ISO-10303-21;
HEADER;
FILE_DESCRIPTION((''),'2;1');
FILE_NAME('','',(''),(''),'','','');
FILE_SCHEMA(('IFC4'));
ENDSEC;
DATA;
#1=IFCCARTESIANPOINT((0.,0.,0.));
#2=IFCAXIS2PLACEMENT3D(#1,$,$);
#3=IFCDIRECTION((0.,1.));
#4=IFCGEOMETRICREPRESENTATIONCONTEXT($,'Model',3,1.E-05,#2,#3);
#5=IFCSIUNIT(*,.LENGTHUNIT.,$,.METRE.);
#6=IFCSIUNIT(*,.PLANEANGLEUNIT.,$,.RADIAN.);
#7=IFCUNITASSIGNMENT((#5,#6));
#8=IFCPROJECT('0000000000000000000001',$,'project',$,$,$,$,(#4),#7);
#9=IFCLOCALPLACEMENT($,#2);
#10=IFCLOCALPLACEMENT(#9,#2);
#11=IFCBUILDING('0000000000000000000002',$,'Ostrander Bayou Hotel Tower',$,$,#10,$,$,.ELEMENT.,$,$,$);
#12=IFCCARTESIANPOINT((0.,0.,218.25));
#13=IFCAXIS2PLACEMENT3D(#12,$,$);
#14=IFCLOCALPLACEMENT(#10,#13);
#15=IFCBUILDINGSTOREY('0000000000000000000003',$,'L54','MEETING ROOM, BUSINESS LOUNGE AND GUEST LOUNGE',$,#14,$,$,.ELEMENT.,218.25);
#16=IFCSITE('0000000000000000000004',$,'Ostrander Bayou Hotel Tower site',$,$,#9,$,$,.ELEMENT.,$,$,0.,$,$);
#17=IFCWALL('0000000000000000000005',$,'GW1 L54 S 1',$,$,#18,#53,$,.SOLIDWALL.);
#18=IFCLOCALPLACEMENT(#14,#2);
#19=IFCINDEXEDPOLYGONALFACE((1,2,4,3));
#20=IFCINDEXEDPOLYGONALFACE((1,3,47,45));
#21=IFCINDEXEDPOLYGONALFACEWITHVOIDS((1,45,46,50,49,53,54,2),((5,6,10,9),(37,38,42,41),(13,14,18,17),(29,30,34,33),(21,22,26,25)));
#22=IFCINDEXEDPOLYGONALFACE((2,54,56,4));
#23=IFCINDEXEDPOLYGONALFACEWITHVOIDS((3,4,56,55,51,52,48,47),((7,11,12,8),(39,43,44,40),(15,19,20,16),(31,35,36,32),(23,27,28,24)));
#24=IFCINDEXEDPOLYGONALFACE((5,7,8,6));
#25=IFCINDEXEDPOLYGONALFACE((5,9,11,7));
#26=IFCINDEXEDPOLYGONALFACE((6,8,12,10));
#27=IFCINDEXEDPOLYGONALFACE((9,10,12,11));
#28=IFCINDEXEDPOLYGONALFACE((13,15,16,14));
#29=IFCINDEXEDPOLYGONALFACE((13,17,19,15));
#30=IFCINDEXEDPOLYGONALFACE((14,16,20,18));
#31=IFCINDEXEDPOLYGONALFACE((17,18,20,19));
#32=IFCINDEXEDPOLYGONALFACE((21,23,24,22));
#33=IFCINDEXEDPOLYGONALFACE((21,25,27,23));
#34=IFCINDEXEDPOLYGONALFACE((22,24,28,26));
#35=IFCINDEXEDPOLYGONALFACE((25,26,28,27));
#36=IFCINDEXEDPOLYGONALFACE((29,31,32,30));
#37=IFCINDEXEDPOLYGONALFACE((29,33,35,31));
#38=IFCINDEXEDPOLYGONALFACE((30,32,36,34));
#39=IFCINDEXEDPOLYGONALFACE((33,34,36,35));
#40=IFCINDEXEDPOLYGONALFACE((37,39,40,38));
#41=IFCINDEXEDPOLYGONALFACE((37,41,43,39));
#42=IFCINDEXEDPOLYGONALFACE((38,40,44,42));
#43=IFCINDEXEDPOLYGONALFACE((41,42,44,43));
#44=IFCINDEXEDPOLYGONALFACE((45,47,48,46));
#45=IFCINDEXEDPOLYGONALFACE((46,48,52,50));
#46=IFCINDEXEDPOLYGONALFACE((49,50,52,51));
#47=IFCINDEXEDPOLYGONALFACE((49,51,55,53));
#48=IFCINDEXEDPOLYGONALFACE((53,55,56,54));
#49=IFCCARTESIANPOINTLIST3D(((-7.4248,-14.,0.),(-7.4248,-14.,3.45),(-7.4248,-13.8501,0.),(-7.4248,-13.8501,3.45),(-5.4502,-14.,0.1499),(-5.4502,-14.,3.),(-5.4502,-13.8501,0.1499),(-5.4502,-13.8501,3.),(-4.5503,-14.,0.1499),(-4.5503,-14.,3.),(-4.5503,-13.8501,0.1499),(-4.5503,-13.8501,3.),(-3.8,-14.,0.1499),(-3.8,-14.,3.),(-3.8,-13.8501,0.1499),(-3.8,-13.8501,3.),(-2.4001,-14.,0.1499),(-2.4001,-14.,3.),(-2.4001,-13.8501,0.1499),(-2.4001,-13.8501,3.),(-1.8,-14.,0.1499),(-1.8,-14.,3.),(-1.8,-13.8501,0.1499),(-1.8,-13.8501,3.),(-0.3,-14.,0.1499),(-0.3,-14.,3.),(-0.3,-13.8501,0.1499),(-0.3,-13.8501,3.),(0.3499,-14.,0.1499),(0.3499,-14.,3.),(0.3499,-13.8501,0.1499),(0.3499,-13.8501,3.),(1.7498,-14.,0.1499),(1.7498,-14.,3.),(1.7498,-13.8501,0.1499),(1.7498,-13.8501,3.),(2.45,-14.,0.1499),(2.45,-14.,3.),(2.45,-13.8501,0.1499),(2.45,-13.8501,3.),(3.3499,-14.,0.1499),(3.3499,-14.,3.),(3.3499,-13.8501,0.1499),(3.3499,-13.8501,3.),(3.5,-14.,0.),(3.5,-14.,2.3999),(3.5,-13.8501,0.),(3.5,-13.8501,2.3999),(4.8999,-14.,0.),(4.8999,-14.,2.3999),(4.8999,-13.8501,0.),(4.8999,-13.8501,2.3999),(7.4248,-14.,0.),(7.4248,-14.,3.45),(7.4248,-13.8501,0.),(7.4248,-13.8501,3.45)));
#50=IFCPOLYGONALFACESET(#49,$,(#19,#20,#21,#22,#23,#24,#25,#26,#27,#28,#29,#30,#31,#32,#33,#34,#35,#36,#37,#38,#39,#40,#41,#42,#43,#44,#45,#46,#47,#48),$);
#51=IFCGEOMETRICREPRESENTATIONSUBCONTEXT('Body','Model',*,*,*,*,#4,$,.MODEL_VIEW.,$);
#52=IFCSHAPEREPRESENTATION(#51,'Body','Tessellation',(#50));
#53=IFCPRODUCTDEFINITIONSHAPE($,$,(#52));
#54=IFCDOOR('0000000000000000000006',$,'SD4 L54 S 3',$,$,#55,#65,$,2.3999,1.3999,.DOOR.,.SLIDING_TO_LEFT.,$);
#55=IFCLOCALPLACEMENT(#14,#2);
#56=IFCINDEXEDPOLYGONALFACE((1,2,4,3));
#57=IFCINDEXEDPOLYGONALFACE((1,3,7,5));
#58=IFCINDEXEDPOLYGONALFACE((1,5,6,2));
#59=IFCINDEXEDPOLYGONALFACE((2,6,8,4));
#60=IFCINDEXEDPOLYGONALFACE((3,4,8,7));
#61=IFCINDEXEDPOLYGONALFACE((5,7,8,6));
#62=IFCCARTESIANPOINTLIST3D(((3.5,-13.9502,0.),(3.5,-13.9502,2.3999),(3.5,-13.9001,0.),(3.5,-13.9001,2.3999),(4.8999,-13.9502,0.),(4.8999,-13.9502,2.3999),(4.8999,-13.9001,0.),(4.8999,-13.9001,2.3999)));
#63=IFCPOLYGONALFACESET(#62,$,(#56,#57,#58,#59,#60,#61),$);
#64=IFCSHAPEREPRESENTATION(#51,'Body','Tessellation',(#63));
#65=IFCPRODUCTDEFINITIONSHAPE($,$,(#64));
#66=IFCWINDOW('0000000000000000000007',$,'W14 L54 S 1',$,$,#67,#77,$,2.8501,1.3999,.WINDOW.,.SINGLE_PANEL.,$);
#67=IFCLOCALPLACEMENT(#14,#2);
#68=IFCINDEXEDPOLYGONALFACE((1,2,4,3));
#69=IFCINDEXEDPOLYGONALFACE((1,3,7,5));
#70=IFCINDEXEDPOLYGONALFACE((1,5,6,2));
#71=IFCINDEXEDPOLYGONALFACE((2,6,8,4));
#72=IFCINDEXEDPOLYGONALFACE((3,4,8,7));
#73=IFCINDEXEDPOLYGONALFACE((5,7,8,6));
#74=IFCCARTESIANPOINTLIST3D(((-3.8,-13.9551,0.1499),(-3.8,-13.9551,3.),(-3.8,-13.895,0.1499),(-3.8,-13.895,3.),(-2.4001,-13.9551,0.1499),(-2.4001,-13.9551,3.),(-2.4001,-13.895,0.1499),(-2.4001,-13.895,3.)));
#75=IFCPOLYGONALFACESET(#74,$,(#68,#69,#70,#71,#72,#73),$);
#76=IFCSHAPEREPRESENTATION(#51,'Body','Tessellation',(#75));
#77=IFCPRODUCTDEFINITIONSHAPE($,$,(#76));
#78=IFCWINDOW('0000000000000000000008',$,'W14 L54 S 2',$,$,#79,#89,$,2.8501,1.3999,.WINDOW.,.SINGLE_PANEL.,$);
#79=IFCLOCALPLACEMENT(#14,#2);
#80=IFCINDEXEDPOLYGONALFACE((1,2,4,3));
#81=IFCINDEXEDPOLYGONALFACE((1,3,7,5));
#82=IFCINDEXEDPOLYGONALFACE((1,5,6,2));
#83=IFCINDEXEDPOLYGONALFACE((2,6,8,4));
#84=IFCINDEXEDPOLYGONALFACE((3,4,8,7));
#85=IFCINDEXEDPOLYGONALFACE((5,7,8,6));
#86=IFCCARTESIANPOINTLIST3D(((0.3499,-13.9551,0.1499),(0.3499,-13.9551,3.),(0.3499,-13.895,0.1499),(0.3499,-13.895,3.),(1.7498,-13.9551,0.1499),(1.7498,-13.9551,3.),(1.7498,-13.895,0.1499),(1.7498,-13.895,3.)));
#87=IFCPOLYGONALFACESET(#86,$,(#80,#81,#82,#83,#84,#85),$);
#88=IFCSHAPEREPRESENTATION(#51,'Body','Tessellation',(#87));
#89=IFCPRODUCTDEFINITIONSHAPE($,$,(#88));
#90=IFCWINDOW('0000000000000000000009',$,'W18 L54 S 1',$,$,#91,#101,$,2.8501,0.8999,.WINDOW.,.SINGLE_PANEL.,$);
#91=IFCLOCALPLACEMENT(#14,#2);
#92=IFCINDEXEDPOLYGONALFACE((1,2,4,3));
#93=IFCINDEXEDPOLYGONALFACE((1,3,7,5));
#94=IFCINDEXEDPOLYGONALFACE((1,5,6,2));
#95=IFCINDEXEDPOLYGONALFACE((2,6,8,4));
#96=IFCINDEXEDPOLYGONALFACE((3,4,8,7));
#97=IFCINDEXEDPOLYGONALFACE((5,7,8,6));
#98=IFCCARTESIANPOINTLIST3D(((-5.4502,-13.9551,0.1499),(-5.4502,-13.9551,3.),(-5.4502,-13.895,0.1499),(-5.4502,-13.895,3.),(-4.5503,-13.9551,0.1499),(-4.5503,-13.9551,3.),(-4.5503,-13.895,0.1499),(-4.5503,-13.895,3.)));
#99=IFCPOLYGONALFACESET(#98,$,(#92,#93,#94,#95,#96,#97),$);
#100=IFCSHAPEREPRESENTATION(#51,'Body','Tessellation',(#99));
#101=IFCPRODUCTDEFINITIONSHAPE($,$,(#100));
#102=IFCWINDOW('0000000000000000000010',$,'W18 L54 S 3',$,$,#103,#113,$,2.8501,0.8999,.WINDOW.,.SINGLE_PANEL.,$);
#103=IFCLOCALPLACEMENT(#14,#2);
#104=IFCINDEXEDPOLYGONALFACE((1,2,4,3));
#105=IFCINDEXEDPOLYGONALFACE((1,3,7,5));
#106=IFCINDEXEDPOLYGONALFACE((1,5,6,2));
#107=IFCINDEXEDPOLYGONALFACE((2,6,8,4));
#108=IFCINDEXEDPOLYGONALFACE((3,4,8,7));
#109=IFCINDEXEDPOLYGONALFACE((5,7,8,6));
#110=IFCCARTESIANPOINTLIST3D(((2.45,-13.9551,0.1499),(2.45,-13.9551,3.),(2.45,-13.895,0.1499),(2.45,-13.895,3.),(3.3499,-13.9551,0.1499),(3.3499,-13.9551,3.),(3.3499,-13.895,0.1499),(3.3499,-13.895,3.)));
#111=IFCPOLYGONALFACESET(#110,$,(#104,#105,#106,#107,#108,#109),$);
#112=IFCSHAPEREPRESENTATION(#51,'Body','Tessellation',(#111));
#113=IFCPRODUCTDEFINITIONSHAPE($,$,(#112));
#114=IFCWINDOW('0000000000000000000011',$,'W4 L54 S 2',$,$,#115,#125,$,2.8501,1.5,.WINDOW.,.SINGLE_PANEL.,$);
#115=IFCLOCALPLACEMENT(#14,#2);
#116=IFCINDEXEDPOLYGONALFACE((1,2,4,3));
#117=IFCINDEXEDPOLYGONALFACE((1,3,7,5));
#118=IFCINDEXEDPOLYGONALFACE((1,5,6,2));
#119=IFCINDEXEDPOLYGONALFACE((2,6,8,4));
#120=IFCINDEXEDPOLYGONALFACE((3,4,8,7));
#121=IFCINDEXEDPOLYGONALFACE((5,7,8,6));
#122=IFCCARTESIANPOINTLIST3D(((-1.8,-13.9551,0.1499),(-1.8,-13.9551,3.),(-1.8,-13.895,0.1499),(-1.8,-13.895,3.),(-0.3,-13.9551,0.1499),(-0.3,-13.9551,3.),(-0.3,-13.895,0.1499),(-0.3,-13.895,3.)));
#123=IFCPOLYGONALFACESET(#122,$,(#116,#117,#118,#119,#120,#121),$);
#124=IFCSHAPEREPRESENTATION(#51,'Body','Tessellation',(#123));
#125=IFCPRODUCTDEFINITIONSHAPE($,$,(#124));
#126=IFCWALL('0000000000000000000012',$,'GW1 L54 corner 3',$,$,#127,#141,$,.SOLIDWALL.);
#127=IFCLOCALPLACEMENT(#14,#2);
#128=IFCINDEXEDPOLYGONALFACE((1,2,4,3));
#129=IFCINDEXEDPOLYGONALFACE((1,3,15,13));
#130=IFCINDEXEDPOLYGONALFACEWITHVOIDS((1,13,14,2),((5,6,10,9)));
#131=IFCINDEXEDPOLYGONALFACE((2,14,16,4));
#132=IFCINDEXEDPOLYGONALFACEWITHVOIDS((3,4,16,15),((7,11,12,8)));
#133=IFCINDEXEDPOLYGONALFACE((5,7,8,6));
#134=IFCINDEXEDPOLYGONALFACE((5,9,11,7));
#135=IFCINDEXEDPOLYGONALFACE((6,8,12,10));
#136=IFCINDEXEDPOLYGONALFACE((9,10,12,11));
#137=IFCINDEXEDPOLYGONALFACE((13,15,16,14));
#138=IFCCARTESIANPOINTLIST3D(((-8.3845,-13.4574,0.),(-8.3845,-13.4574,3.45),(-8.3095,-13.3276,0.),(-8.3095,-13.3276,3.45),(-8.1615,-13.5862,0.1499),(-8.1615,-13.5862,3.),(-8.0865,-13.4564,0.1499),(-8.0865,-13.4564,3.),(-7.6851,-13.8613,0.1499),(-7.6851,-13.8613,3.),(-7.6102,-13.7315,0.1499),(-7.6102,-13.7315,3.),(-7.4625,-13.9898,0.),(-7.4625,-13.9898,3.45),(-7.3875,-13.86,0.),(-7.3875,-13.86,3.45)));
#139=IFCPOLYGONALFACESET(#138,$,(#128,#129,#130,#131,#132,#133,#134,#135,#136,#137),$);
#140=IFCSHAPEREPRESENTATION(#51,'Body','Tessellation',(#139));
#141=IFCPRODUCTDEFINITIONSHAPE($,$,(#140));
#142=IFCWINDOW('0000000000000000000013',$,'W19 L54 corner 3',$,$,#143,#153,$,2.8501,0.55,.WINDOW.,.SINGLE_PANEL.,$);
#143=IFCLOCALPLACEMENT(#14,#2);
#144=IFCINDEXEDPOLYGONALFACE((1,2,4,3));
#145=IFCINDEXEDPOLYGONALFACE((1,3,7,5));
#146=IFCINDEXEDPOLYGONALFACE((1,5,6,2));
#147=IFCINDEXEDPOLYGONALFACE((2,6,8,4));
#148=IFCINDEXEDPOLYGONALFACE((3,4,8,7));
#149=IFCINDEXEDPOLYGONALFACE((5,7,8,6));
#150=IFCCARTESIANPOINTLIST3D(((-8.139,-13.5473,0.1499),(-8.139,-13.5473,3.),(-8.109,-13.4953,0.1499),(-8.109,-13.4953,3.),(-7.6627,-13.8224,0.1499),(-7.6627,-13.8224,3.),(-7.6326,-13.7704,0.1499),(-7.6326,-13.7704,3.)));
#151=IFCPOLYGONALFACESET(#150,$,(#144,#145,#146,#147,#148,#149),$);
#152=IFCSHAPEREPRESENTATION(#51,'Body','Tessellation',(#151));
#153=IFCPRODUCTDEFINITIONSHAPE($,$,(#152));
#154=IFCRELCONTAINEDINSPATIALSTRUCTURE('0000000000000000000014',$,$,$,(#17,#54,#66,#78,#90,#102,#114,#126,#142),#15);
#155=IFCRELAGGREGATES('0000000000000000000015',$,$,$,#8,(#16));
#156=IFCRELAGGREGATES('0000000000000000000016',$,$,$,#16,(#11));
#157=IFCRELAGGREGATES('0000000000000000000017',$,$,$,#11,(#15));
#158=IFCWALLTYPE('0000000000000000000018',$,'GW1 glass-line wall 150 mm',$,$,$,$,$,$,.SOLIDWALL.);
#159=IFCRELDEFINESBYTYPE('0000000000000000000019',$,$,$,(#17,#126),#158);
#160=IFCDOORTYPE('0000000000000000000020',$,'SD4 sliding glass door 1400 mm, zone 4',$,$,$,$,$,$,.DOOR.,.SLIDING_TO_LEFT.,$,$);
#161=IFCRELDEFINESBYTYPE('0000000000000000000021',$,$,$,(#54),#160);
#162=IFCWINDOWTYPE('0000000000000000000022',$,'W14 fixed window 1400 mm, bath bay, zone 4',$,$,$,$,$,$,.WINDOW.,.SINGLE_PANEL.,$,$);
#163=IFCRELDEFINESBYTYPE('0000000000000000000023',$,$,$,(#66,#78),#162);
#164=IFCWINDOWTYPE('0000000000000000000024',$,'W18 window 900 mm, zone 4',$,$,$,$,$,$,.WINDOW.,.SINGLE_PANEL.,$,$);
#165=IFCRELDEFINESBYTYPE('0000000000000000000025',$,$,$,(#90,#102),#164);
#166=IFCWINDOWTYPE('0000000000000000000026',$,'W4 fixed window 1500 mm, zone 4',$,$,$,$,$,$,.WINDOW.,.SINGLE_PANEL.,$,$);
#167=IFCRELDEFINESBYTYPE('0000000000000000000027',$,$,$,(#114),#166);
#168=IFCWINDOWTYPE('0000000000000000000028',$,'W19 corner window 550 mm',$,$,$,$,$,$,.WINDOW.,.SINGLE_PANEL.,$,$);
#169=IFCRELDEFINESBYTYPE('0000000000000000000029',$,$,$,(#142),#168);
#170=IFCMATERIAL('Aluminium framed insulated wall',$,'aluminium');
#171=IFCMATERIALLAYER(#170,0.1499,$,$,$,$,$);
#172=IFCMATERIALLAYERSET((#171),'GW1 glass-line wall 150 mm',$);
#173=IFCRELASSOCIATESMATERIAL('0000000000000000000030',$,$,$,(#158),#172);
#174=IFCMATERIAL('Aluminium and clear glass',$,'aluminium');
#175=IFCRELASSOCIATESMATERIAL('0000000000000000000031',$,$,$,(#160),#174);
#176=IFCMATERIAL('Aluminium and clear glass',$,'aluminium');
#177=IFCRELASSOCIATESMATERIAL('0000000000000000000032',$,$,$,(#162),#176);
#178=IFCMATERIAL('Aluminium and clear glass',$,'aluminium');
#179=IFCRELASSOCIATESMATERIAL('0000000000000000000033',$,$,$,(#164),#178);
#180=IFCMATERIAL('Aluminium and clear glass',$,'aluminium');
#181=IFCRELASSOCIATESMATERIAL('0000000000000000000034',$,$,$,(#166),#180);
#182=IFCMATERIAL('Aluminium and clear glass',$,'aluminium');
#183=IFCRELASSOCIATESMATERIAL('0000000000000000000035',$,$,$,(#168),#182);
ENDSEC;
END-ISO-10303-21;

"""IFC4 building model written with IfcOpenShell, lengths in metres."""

from ifc_helpers import new_model, si_unit, direction, frame, frame_2d, origin, place, context, subcontext, project, spatial, rectangle, extrude, material, layer, layer_set, type_object, element, fill, save


model = new_model("IFC4")

# Units and contexts
model_context = context("Model", 3, precision=1e-05, world=origin(), true_north=direction((0.0, 1.0)))
body_context = subcontext(model_context, "Body", "Model", "MODEL_VIEW")
ifc_project = project(units=[si_unit("LENGTHUNIT", "METRE"), si_unit("PLANEANGLEUNIT", "RADIAN")], contexts=[model_context])

# Site, building, storey
site_placement = place(None, origin())
site = spatial("IfcSite", under=ifc_project, at=site_placement, Name="Ostrander Bayou Hotel Tower site", CompositionType="ELEMENT", RefElevation=0.0)
building_placement = place(site_placement, origin())
building = spatial("IfcBuilding", under=site, at=building_placement, Name="Ostrander Bayou Hotel Tower", CompositionType="ELEMENT")
storey_placement = place(building_placement, frame((0.0, 0.0, 218.25)))
storey = spatial("IfcBuildingStorey", under=building, at=storey_placement, Name="L54", Description="MEETING ROOM, BUSINESS LOUNGE AND GUEST LOUNGE", CompositionType="ELEMENT", Elevation=218.25)

# Wall, openings, door, windows
ifc_material_1 = material(Name="Aluminium framed insulated wall", Category="aluminium")
ifc_layer_1 = layer(ifc_material_1, 0.1499)
ifc_layer_set_1 = layer_set([ifc_layer_1], Name="GW1 glass-line wall 150 mm")
wall_type_1 = type_object("IfcWallType", Name="GW1 glass-line wall 150 mm", PredefinedType="SOLIDWALL", material=ifc_layer_set_1)
wall_1_placement = place(storey_placement, frame((-7.4248, -13.925, 0.0), z_axis=(0.0, 0.0, 1.0), x_axis=(1.0, 0.0, 0.0)))
wall_1 = element("IfcWall", 1, at=wall_1_placement, inside=storey, type_object=wall_type_1, Name="GW1 L54 S 1", PredefinedType="SOLIDWALL", context=body_context, shape_type="SweptSolid", body=[
    extrude(rectangle(XDim=14.8496, YDim=0.1499, at=frame_2d((7.4248, 0.0))), origin(), (0.0, 0.0, 1.0), 3.45),
])
opening_1_placement = place(wall_1_placement, frame((1.9746, 0.0, 0.1499)))
opening_1 = element("IfcOpeningElement", 2, at=opening_1_placement, cuts=wall_1, PredefinedType="OPENING", context=body_context, shape_type="SweptSolid", body=[
    extrude(rectangle(XDim=0.8999, YDim=2.8501, at=frame_2d((0.45, 1.425))), frame((0.0, 0.075, 0.0), z_axis=(0.0, -1.0, 0.0), x_axis=(1.0, 0.0, 0.0)), (0.0, 0.0, 1.0), 0.1499),
])
opening_2_placement = place(wall_1_placement, frame((3.6248, 0.0, 0.1499)))
opening_2 = element("IfcOpeningElement", 3, at=opening_2_placement, cuts=wall_1, PredefinedType="OPENING", context=body_context, shape_type="SweptSolid", body=[
    extrude(rectangle(XDim=1.3999, YDim=2.8501, at=frame_2d((0.7, 1.425))), frame((0.0, 0.075, 0.0), z_axis=(0.0, -1.0, 0.0), x_axis=(1.0, 0.0, 0.0)), (0.0, 0.0, 1.0), 0.1499),
])
opening_3_placement = place(wall_1_placement, frame((5.6248, 0.0, 0.1499)))
opening_3 = element("IfcOpeningElement", 4, at=opening_3_placement, cuts=wall_1, PredefinedType="OPENING", context=body_context, shape_type="SweptSolid", body=[
    extrude(rectangle(XDim=1.5, YDim=2.8501, at=frame_2d((0.75, 1.425))), frame((0.0, 0.075, 0.0), z_axis=(0.0, -1.0, 0.0), x_axis=(1.0, 0.0, 0.0)), (0.0, 0.0, 1.0), 0.1499),
])
opening_4_placement = place(wall_1_placement, frame((7.7747, 0.0, 0.1499)))
opening_4 = element("IfcOpeningElement", 5, at=opening_4_placement, cuts=wall_1, PredefinedType="OPENING", context=body_context, shape_type="SweptSolid", body=[
    extrude(rectangle(XDim=1.3999, YDim=2.8501, at=frame_2d((0.7, 1.425))), frame((0.0, 0.075, 0.0), z_axis=(0.0, -1.0, 0.0), x_axis=(1.0, 0.0, 0.0)), (0.0, 0.0, 1.0), 0.1499),
])
opening_5_placement = place(wall_1_placement, frame((9.8748, 0.0, 0.1499)))
opening_5 = element("IfcOpeningElement", 6, at=opening_5_placement, cuts=wall_1, PredefinedType="OPENING", context=body_context, shape_type="SweptSolid", body=[
    extrude(rectangle(XDim=0.8999, YDim=2.8501, at=frame_2d((0.45, 1.425))), frame((0.0, 0.075, 0.0), z_axis=(0.0, -1.0, 0.0), x_axis=(1.0, 0.0, 0.0)), (0.0, 0.0, 1.0), 0.1499),
])
opening_6_placement = place(wall_1_placement, frame((10.9248, 0.0, 0.0)))
opening_6 = element("IfcOpeningElement", 7, at=opening_6_placement, cuts=wall_1, PredefinedType="OPENING", context=body_context, shape_type="SweptSolid", body=[
    extrude(rectangle(XDim=1.3999, YDim=2.3999, at=frame_2d((0.7, 1.2))), frame((0.0, 0.075, 0.0), z_axis=(0.0, -1.0, 0.0), x_axis=(1.0, 0.0, 0.0)), (0.0, 0.0, 1.0), 0.1499),
])
ifc_material_2 = material(Name="Aluminium and clear glass", Category="aluminium")
door_type = type_object("IfcDoorType", Name="SD4 sliding glass door 1400 mm, zone 4", OperationType="SLIDING_TO_LEFT", PredefinedType="DOOR", material=ifc_material_2)
door_placement = place(opening_6_placement, origin())
door = element("IfcDoor", 8, at=door_placement, inside=storey, type_object=door_type, Name="SD4 L54 S 3", OperationType="SLIDING_TO_LEFT", OverallHeight=2.3999, OverallWidth=1.3999, PredefinedType="DOOR", context=body_context, shape_type="SweptSolid", body=[
    extrude(rectangle(XDim=1.3999, YDim=2.3999, at=frame_2d((0.7, 1.2))), frame((0.0, 0.0249, 0.0), z_axis=(0.0, -1.0, 0.0), x_axis=(1.0, 0.0, 0.0)), (0.0, 0.0, 1.0), 0.05),
])
fill(opening_6, door)
ifc_material_3 = material(Name="Aluminium and clear glass", Category="aluminium")
window_type_1 = type_object("IfcWindowType", Name="W14 fixed window 1400 mm, bath bay, zone 4", PartitioningType="SINGLE_PANEL", PredefinedType="WINDOW", material=ifc_material_3)
window_1_placement = place(opening_2_placement, origin())
window_1 = element("IfcWindow", 9, at=window_1_placement, inside=storey, type_object=window_type_1, Name="W14 L54 S 1", OverallHeight=2.8501, OverallWidth=1.3999, PartitioningType="SINGLE_PANEL", PredefinedType="WINDOW", context=body_context, shape_type="SweptSolid", body=[
    extrude(rectangle(XDim=1.3999, YDim=2.8501, at=frame_2d((0.7, 1.425))), frame((0.0, 0.03, 0.0), z_axis=(0.0, -1.0, 0.0), x_axis=(1.0, 0.0, 0.0)), (0.0, 0.0, 1.0), 0.0601),
])
fill(opening_2, window_1)
window_2_placement = place(opening_4_placement, origin())
window_2 = element("IfcWindow", 10, at=window_2_placement, inside=storey, type_object=window_type_1, Name="W14 L54 S 2", OverallHeight=2.8501, OverallWidth=1.3999, PartitioningType="SINGLE_PANEL", PredefinedType="WINDOW", context=body_context, shape_type="SweptSolid", body=[
    extrude(rectangle(XDim=1.3999, YDim=2.8501, at=frame_2d((0.7, 1.425))), frame((0.0, 0.03, 0.0), z_axis=(0.0, -1.0, 0.0), x_axis=(1.0, 0.0, 0.0)), (0.0, 0.0, 1.0), 0.0601),
])
fill(opening_4, window_2)
ifc_material_4 = material(Name="Aluminium and clear glass", Category="aluminium")
window_type_2 = type_object("IfcWindowType", Name="W18 window 900 mm, zone 4", PartitioningType="SINGLE_PANEL", PredefinedType="WINDOW", material=ifc_material_4)
window_3_placement = place(opening_1_placement, origin())
window_3 = element("IfcWindow", 11, at=window_3_placement, inside=storey, type_object=window_type_2, Name="W18 L54 S 1", OverallHeight=2.8501, OverallWidth=0.8999, PartitioningType="SINGLE_PANEL", PredefinedType="WINDOW", context=body_context, shape_type="SweptSolid", body=[
    extrude(rectangle(XDim=0.8999, YDim=2.8501, at=frame_2d((0.45, 1.425))), frame((0.0, 0.03, 0.0), z_axis=(0.0, -1.0, 0.0), x_axis=(1.0, 0.0, 0.0)), (0.0, 0.0, 1.0), 0.0601),
])
fill(opening_1, window_3)
window_4_placement = place(opening_5_placement, origin())
window_4 = element("IfcWindow", 12, at=window_4_placement, inside=storey, type_object=window_type_2, Name="W18 L54 S 3", OverallHeight=2.8501, OverallWidth=0.8999, PartitioningType="SINGLE_PANEL", PredefinedType="WINDOW", context=body_context, shape_type="SweptSolid", body=[
    extrude(rectangle(XDim=0.8999, YDim=2.8501, at=frame_2d((0.45, 1.425))), frame((0.0, 0.03, 0.0), z_axis=(0.0, -1.0, 0.0), x_axis=(1.0, 0.0, 0.0)), (0.0, 0.0, 1.0), 0.0601),
])
fill(opening_5, window_4)
ifc_material_5 = material(Name="Aluminium and clear glass", Category="aluminium")
window_type_3 = type_object("IfcWindowType", Name="W4 fixed window 1500 mm, zone 4", PartitioningType="SINGLE_PANEL", PredefinedType="WINDOW", material=ifc_material_5)
window_5_placement = place(opening_3_placement, origin())
window_5 = element("IfcWindow", 13, at=window_5_placement, inside=storey, type_object=window_type_3, Name="W4 L54 S 2", OverallHeight=2.8501, OverallWidth=1.5, PartitioningType="SINGLE_PANEL", PredefinedType="WINDOW", context=body_context, shape_type="SweptSolid", body=[
    extrude(rectangle(XDim=1.5, YDim=2.8501, at=frame_2d((0.75, 1.425))), frame((0.0, 0.03, 0.0), z_axis=(0.0, -1.0, 0.0), x_axis=(1.0, 0.0, 0.0)), (0.0, 0.0, 1.0), 0.0601),
])
fill(opening_3, window_5)

# Wall, opening, window
wall_2_placement = place(storey_placement, frame((-8.3469, -13.3926, 0.0), z_axis=(0.0, 0.0, 1.0), x_axis=(0.865991, -0.50006, 0.0)))
wall_2 = element("IfcWall", 14, at=wall_2_placement, inside=storey, type_object=wall_type_1, Name="GW1 L54 corner 3", PredefinedType="SOLIDWALL", context=body_context, shape_type="SweptSolid", body=[
    extrude(rectangle(XDim=1.0647, YDim=0.1499, at=frame_2d((0.5322, 0.0))), origin(), (0.0, 0.0, 1.0), 3.45),
])
opening_7_placement = place(wall_2_placement, frame((0.2576, 0.0, 0.1499)))
opening_7 = element("IfcOpeningElement", 15, at=opening_7_placement, cuts=wall_2, PredefinedType="OPENING", context=body_context, shape_type="SweptSolid", body=[
    extrude(rectangle(XDim=0.55, YDim=2.8501, at=frame_2d((0.2749, 1.425))), frame((0.0, 0.075, 0.0), z_axis=(0.0, -1.0, 0.0), x_axis=(1.0, 0.0, 0.0)), (0.0, 0.0, 1.0), 0.1499),
])
ifc_material_6 = material(Name="Aluminium and clear glass", Category="aluminium")
window_type_4 = type_object("IfcWindowType", Name="W19 corner window 550 mm", PartitioningType="SINGLE_PANEL", PredefinedType="WINDOW", material=ifc_material_6)
window_6_placement = place(opening_7_placement, origin())
window_6 = element("IfcWindow", 16, at=window_6_placement, inside=storey, type_object=window_type_4, Name="W19 L54 corner 3", OverallHeight=2.8501, OverallWidth=0.55, PartitioningType="SINGLE_PANEL", PredefinedType="WINDOW", context=body_context, shape_type="SweptSolid", body=[
    extrude(rectangle(XDim=0.55, YDim=2.8501, at=frame_2d((0.2749, 1.425))), frame((0.0, 0.03, 0.0), z_axis=(0.0, -1.0, 0.0), x_axis=(1.0, 0.0, 0.0)), (0.0, 0.0, 1.0), 0.0601),
])
fill(opening_7, window_6)

save(model, "model.ifc")
